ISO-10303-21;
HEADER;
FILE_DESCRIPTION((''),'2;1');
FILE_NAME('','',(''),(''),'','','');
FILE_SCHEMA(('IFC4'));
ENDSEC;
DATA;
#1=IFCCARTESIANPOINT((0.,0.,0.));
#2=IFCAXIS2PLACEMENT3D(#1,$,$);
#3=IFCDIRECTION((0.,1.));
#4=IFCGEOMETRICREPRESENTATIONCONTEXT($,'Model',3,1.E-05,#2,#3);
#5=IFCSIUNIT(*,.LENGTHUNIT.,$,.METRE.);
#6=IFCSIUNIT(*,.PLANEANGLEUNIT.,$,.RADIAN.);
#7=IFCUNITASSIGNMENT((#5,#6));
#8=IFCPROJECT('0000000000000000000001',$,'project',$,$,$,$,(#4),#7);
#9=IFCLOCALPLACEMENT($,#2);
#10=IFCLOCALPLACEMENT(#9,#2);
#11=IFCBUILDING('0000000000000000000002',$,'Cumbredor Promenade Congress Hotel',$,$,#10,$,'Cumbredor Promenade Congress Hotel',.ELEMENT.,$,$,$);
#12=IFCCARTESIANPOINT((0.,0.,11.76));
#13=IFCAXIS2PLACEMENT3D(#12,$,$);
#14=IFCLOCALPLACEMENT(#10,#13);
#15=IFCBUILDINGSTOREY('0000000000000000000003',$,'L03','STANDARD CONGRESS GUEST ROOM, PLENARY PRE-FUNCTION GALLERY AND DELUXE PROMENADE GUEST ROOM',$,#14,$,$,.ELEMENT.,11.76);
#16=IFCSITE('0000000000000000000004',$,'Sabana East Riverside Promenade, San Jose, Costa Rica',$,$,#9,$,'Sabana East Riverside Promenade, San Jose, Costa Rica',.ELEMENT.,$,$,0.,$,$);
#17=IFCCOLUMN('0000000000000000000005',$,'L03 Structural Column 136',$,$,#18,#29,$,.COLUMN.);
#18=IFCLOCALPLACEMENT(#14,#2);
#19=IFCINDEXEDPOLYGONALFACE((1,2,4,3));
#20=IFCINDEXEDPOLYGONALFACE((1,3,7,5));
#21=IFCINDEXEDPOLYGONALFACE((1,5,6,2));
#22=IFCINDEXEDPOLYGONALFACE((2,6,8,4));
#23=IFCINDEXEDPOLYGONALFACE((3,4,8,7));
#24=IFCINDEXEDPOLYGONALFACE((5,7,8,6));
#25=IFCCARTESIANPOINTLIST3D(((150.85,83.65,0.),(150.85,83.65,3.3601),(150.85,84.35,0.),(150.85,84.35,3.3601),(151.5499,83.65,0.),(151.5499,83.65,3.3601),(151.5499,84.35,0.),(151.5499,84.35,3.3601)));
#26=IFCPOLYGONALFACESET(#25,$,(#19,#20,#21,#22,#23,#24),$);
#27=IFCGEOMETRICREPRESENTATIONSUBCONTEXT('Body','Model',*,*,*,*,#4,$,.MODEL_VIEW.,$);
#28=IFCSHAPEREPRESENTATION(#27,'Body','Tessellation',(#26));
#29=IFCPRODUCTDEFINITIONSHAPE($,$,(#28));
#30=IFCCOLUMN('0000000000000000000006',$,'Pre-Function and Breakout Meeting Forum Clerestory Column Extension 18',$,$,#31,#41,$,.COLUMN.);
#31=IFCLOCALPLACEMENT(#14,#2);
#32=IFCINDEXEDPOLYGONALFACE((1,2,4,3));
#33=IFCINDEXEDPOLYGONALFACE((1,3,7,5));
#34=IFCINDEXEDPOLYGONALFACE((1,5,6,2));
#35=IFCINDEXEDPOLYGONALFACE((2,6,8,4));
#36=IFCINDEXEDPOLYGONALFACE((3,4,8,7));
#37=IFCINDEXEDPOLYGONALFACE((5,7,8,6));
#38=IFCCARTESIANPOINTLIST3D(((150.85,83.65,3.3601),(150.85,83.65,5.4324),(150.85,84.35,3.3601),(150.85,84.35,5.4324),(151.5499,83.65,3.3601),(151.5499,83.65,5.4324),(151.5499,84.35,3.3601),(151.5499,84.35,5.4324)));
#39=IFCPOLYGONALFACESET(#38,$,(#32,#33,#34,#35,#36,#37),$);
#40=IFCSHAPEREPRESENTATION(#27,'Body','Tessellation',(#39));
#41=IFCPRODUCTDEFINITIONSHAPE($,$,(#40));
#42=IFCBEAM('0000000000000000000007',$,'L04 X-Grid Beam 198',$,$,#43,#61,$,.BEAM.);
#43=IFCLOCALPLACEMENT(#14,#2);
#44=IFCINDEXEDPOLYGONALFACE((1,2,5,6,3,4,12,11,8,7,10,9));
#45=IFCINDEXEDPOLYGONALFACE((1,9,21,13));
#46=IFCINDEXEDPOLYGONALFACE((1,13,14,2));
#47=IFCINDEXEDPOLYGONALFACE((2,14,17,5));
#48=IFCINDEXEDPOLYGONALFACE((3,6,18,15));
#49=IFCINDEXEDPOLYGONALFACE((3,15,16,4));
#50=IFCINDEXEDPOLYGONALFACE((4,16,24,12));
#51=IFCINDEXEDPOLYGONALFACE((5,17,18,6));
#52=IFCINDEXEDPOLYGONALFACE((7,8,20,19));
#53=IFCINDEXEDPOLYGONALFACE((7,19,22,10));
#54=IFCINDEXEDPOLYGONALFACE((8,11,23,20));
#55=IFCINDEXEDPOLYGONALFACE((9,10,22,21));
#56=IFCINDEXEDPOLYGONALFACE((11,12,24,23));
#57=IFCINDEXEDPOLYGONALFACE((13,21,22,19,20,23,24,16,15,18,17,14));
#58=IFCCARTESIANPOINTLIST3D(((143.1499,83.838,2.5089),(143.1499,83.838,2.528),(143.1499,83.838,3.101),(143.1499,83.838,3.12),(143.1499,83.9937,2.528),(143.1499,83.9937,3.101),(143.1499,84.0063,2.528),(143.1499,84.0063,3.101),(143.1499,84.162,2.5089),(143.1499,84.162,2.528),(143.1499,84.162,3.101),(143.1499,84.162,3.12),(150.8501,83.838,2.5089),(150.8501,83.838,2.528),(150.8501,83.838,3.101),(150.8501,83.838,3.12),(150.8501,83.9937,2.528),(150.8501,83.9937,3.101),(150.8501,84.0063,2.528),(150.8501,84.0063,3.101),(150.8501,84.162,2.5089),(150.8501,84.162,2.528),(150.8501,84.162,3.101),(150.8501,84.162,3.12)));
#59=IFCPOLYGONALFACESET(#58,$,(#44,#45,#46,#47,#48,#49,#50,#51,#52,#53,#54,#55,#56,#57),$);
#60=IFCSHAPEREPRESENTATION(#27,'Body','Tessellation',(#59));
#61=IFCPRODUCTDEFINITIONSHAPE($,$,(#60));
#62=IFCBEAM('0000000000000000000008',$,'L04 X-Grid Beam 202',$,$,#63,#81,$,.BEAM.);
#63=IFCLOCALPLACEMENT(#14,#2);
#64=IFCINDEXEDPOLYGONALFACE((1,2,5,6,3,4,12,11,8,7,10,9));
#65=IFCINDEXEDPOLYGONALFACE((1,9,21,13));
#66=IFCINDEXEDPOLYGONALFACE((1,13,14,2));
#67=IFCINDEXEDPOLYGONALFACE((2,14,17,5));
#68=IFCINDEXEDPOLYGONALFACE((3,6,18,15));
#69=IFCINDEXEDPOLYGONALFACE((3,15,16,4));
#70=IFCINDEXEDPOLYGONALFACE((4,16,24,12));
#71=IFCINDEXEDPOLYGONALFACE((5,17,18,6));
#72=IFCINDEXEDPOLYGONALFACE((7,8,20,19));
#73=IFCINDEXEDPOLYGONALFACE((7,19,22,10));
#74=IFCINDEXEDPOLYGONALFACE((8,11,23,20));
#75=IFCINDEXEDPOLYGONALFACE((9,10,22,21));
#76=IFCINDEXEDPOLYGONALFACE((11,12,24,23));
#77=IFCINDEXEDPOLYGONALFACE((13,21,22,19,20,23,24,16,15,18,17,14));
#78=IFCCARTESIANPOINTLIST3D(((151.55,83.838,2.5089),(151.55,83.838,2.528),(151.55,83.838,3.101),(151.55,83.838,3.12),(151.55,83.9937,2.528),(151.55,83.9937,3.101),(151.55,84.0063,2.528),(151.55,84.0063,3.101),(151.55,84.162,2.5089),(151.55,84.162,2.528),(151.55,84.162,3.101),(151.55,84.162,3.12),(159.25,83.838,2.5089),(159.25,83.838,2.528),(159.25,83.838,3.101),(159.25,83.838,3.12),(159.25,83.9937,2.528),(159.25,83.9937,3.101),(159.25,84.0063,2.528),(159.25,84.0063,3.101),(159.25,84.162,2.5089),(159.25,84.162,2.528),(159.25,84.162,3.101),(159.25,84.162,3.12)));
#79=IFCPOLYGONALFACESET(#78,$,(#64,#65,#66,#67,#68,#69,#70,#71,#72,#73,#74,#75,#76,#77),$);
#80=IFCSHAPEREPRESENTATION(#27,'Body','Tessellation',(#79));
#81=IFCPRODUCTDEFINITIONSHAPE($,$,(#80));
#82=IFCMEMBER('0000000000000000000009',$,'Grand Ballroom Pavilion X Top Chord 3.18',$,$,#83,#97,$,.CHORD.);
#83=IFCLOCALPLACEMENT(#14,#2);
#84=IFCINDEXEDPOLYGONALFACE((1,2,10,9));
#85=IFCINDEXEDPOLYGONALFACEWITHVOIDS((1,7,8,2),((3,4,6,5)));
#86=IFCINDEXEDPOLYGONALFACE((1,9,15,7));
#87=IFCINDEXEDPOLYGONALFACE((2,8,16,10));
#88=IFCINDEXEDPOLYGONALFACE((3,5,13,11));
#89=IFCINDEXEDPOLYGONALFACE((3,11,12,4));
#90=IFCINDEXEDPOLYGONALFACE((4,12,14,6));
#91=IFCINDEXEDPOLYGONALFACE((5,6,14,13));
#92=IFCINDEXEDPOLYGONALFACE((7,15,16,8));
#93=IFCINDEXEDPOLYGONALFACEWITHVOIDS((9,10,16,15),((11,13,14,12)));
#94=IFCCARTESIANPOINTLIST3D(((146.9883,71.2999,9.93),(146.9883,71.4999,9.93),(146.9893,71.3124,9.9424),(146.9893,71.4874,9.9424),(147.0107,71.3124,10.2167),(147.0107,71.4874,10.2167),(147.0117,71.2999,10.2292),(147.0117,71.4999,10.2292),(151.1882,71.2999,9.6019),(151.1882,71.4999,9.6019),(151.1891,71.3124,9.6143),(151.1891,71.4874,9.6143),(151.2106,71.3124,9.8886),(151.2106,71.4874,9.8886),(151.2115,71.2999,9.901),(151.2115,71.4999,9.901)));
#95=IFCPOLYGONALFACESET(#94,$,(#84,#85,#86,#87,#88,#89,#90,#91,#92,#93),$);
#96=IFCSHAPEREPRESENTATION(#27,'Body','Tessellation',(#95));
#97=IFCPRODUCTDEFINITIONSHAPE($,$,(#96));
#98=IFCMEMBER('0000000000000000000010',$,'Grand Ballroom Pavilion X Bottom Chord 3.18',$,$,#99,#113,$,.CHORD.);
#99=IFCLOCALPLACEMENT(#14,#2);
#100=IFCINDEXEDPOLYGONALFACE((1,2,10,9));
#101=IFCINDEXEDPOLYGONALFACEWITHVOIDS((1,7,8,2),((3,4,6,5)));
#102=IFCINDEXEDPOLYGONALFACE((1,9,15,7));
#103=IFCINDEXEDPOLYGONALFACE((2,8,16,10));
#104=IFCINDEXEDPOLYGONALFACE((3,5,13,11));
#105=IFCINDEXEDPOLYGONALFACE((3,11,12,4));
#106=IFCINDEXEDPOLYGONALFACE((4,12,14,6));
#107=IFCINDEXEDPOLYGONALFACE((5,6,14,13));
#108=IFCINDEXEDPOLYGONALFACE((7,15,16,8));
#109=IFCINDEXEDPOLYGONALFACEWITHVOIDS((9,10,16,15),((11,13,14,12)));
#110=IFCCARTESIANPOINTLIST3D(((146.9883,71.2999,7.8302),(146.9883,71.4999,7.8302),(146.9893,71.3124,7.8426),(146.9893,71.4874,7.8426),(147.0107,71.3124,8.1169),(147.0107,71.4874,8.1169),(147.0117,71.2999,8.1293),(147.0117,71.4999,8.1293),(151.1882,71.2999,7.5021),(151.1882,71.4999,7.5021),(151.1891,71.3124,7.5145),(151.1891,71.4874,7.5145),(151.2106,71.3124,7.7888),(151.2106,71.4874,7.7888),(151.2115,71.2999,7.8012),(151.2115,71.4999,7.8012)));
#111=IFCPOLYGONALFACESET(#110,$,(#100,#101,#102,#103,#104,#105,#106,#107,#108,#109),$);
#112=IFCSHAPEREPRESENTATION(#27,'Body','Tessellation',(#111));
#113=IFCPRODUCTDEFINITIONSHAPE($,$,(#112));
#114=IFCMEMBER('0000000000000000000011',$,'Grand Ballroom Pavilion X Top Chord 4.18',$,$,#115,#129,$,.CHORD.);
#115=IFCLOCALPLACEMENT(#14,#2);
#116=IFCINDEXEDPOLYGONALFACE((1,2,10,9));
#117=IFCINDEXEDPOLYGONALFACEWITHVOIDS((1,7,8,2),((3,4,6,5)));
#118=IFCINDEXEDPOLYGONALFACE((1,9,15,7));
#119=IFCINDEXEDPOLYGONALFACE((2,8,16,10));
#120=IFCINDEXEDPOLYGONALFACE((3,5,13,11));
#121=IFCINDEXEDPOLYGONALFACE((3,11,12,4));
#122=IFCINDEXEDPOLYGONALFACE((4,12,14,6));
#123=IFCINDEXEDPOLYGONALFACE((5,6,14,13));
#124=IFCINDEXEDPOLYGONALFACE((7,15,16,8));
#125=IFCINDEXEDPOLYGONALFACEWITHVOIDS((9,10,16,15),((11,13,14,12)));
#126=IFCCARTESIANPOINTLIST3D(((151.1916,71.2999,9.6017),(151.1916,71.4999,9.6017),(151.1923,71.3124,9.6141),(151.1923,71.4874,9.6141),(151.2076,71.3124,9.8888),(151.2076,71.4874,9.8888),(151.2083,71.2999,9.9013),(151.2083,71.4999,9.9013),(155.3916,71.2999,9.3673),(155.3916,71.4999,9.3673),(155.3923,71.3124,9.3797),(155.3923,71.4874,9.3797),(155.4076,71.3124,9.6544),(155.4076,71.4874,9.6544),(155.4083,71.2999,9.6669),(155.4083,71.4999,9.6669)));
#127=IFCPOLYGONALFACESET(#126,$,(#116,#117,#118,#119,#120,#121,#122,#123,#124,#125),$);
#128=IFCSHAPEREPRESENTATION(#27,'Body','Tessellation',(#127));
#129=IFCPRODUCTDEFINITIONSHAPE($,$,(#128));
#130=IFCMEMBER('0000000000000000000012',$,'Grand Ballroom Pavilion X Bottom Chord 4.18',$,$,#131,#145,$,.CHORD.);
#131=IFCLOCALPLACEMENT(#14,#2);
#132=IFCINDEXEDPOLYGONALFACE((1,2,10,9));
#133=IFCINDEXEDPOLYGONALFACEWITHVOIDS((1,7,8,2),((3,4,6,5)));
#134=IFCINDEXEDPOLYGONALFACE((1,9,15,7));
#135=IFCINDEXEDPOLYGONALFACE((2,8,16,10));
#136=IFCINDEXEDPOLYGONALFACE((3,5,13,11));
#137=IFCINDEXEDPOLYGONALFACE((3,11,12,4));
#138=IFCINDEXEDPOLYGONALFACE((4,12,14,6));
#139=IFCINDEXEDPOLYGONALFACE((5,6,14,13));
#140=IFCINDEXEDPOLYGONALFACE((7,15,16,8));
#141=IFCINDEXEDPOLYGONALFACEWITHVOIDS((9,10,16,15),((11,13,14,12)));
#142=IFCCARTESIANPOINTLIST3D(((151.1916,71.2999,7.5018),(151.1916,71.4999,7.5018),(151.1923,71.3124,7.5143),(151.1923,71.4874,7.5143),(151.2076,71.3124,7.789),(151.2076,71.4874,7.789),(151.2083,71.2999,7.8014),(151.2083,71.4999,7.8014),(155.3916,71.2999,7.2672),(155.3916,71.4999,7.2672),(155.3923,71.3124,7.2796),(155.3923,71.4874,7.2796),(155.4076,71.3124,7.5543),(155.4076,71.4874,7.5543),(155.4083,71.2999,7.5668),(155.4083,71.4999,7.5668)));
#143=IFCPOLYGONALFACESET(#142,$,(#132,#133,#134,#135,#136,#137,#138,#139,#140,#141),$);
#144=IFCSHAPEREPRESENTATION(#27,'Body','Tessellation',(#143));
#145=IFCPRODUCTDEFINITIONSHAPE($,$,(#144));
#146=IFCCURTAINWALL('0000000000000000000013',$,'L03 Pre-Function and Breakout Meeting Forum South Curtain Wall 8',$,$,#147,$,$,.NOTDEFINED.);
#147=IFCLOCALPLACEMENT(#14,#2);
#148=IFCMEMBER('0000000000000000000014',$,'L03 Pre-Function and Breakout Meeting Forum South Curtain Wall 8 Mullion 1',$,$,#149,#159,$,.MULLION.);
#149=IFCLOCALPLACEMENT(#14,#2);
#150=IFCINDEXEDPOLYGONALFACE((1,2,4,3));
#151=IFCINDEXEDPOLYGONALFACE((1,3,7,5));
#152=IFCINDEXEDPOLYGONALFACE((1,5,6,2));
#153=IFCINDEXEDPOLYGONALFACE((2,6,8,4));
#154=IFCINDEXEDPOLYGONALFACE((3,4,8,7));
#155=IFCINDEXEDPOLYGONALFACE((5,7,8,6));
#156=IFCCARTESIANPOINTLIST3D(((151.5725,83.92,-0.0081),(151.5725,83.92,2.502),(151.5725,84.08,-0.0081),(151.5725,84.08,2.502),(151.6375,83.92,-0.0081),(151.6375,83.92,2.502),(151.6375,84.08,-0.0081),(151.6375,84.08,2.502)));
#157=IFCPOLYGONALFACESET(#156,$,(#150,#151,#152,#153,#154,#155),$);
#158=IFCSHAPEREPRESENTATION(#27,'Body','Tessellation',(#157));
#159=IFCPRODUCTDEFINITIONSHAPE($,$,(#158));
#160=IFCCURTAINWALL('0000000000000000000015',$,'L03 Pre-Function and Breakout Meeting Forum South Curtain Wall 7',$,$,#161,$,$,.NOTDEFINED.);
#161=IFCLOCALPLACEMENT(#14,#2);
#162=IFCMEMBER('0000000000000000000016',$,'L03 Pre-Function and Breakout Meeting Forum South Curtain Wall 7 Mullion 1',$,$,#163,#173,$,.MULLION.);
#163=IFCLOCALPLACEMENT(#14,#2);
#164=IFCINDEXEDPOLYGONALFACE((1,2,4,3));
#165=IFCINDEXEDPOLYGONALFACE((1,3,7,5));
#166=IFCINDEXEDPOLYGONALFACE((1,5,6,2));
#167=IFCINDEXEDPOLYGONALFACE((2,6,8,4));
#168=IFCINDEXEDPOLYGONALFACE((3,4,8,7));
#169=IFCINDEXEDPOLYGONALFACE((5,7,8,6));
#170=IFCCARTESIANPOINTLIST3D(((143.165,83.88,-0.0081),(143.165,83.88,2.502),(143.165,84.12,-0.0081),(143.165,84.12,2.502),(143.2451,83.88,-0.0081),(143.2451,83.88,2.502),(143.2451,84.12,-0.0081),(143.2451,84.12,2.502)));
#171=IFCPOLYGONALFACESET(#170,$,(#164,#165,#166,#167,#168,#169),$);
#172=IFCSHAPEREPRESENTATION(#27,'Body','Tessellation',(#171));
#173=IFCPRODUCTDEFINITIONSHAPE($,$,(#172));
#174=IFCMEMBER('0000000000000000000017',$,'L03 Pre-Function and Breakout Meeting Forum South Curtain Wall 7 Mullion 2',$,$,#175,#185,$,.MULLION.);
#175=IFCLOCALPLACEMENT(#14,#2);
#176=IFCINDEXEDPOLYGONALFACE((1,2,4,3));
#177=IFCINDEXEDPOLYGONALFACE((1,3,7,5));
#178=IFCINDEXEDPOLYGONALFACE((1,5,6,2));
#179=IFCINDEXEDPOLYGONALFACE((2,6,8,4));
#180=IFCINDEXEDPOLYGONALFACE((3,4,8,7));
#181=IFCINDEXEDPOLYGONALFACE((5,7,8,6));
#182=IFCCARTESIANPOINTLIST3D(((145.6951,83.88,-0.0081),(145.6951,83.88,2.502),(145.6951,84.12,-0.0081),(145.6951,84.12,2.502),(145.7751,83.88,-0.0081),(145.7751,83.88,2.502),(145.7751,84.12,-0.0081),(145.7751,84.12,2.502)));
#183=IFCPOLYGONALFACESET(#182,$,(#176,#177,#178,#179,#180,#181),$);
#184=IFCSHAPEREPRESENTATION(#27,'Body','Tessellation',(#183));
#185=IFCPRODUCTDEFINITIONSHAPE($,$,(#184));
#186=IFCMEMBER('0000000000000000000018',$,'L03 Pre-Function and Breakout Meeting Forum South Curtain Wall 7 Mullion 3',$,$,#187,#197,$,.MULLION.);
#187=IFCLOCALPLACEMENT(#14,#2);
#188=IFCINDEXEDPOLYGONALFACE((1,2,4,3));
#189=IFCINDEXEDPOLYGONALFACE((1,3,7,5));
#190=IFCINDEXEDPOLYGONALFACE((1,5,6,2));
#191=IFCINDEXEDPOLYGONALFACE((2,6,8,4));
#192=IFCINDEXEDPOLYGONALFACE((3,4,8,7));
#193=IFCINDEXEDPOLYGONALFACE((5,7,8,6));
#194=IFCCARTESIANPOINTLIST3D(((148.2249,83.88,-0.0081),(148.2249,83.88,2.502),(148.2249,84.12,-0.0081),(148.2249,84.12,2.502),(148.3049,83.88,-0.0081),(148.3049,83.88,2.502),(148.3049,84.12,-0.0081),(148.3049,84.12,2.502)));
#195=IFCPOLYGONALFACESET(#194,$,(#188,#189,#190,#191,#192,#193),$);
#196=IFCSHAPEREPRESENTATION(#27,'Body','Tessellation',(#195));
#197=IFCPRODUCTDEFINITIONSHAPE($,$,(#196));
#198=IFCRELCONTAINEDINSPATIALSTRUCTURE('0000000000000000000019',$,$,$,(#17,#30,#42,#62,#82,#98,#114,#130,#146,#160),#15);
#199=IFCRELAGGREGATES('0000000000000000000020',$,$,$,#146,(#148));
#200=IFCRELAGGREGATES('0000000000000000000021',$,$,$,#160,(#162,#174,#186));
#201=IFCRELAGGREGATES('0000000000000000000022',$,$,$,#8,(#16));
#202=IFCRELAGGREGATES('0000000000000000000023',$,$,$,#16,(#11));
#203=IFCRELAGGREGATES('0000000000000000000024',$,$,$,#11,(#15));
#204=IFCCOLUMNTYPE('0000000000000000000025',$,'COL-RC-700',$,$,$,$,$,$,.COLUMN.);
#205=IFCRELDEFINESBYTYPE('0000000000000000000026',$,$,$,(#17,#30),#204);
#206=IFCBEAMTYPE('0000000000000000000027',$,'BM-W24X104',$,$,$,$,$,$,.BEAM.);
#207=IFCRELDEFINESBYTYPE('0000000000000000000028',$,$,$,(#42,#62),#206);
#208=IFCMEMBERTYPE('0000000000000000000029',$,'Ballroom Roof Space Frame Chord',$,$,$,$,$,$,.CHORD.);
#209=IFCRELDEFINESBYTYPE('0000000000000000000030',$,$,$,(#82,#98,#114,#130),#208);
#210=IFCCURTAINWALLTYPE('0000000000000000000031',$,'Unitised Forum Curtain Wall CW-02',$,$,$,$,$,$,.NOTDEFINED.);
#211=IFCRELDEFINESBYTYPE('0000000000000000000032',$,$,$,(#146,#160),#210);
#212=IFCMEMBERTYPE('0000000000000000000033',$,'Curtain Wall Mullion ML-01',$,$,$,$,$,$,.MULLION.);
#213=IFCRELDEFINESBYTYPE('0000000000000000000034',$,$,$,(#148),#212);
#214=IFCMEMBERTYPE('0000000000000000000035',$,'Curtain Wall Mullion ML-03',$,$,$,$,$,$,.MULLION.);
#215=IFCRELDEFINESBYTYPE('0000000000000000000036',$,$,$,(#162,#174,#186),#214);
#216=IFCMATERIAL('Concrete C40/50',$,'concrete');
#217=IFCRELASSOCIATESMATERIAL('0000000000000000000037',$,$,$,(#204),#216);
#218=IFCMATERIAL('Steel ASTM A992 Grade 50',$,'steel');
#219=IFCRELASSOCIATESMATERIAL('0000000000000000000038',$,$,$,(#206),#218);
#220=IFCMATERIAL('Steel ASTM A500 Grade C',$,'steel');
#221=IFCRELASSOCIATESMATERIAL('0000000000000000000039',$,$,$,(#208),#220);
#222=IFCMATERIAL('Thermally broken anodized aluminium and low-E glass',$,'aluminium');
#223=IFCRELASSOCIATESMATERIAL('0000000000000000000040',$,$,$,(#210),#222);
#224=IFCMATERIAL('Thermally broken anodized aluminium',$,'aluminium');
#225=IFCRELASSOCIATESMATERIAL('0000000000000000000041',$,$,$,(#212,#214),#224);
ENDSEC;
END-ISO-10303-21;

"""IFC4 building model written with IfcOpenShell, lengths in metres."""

from ifc_helpers import new_model, si_unit, direction, frame, origin, origin_2d, place, context, subcontext, project, spatial, rectangle, hollow_rectangle, i_section, extrude, material, material_profile, profile_set, type_object, element, aggregate, save


model = new_model("IFC4")

# Units and contexts
model_context = context("Model", 3, precision=1e-05, world=origin(), true_north=direction((0.0, 1.0)))
body_context = subcontext(model_context, "Body", "Model", "MODEL_VIEW")
ifc_project = project(units=[si_unit("LENGTHUNIT", "METRE"), si_unit("PLANEANGLEUNIT", "RADIAN")], contexts=[model_context])

# Site, building, storey
site_placement = place(None, origin())
site = spatial("IfcSite", under=ifc_project, at=site_placement, Name="Sabana East Riverside Promenade, San Jose, Costa Rica", LongName="Sabana East Riverside Promenade, San Jose, Costa Rica", CompositionType="ELEMENT", RefElevation=0.0)
building_placement = place(site_placement, origin())
building = spatial("IfcBuilding", under=site, at=building_placement, Name="Cumbredor Promenade Congress Hotel", LongName="Cumbredor Promenade Congress Hotel", CompositionType="ELEMENT")
storey_placement = place(building_placement, frame((0.0, 0.0, 11.76)))
storey = spatial("IfcBuildingStorey", under=building, at=storey_placement, Name="L03", Description="STANDARD CONGRESS GUEST ROOM, PLENARY PRE-FUNCTION GALLERY AND DELUXE PROMENADE GUEST ROOM", CompositionType="ELEMENT", Elevation=11.76)

# Columns
ifc_material_1 = material(Name="Concrete C40/50", Category="concrete")
ifc_material_profile_1 = material_profile(ifc_material_1, rectangle(XDim=0.7, YDim=0.7, at=origin_2d()), Name="RC 700x700")
ifc_profile_set_1 = profile_set([ifc_material_profile_1], Name="Concrete C40/50")
column_type = type_object("IfcColumnType", Name="COL-RC-700", PredefinedType="COLUMN", material=ifc_profile_set_1)
column_1_placement = place(storey_placement, frame((151.2, 84.0, 0.0), z_axis=(0.0, 0.0, 1.0), x_axis=(1.0, 0.0, 0.0)))
element("IfcColumn", 1, at=column_1_placement, inside=storey, type_object=column_type, Name="L03 Structural Column 136", PredefinedType="COLUMN", context=body_context, shape_type="SweptSolid", body=[
    extrude(rectangle(XDim=0.7, YDim=0.7, at=origin_2d()), origin(), (0.0, 0.0, 1.0), 3.3601),
])
column_2_placement = place(storey_placement, frame((151.2, 84.0, 3.3601), z_axis=(0.0, 0.0, 1.0), x_axis=(1.0, 0.0, 0.0)))
element("IfcColumn", 2, at=column_2_placement, inside=storey, type_object=column_type, Name="Pre-Function and Breakout Meeting Forum Clerestory Column Extension 18", PredefinedType="COLUMN", context=body_context, shape_type="SweptSolid", body=[
    extrude(rectangle(XDim=0.7, YDim=0.7, at=origin_2d()), origin(), (0.0, 0.0, 1.0), 2.0723),
])

# Beams
ifc_material_2 = material(Name="Steel ASTM A992 Grade 50", Category="steel")
ifc_material_profile_2 = material_profile(ifc_material_2, i_section(OverallWidth=0.324, OverallDepth=0.6111, WebThickness=0.0127, FlangeThickness=0.019, at=origin_2d()), Name="W24X104")
ifc_profile_set_2 = profile_set([ifc_material_profile_2], Name="Steel ASTM A992 Grade 50")
beam_type = type_object("IfcBeamType", Name="BM-W24X104", PredefinedType="BEAM", material=ifc_profile_set_2)
beam_1_placement = place(storey_placement, frame((143.1499, 84.0, 2.8145), z_axis=(1.0, 0.0, 0.0), x_axis=(0.0, 1.0, 0.0)))
element("IfcBeam", 3, at=beam_1_placement, inside=storey, type_object=beam_type, Name="L04 X-Grid Beam 198", PredefinedType="BEAM", context=body_context, shape_type="SweptSolid", body=[
    extrude(i_section(OverallWidth=0.324, OverallDepth=0.6111, WebThickness=0.0127, FlangeThickness=0.019, at=origin_2d()), origin(), (0.0, 0.0, 1.0), 7.7002),
])
beam_2_placement = place(storey_placement, frame((151.55, 84.0, 2.8145), z_axis=(1.0, 0.0, 0.0), x_axis=(0.0, 1.0, 0.0)))
element("IfcBeam", 4, at=beam_2_placement, inside=storey, type_object=beam_type, Name="L04 X-Grid Beam 202", PredefinedType="BEAM", context=body_context, shape_type="SweptSolid", body=[
    extrude(i_section(OverallWidth=0.324, OverallDepth=0.6111, WebThickness=0.0127, FlangeThickness=0.019, at=origin_2d()), origin(), (0.0, 0.0, 1.0), 7.7),
])

# Members
ifc_material_3 = material(Name="Steel ASTM A500 Grade C", Category="steel")
ifc_material_profile_3 = material_profile(ifc_material_3, hollow_rectangle(XDim=0.2, YDim=0.3, WallThickness=0.0125, at=origin_2d()), Name="HSS 300x200x12.5")
ifc_profile_set_3 = profile_set([ifc_material_profile_3], Name="Steel ASTM A500 Grade C")
member_type_1 = type_object("IfcMemberType", Name="Ballroom Roof Space Frame Chord", PredefinedType="CHORD", material=ifc_profile_set_3)
for number, where, z_axis, x_axis, name in (
    (5, (147.0, 71.3999, 10.0796), (0.996962, 0.0, -0.077889), (0.0, 1.0, 0.0), "Grand Ballroom Pavilion X Top Chord 3.18"),
    (6, (147.0, 71.3999, 7.9797), (0.996962, 0.0, -0.077889), (0.0, 1.0, 0.0), "Grand Ballroom Pavilion X Bottom Chord 3.18"),
):
    element("IfcMember", number, at=place(storey_placement, frame(where, z_axis=z_axis, x_axis=x_axis)), inside=storey, type_object=member_type_1, Name=name, PredefinedType="CHORD", context=body_context, shape_type="SweptSolid", body=[
        extrude(hollow_rectangle(XDim=0.2, YDim=0.3, WallThickness=0.0125, at=origin_2d()), origin(), (0.0, 0.0, 1.0), 4.2126),
    ])
for number, where, z_axis, x_axis, name in (
    (7, (151.2, 71.3999, 9.7515), (0.998447, 0.0, -0.055718), (0.0, 1.0, 0.0), "Grand Ballroom Pavilion X Top Chord 4.18"),
    (8, (151.2, 71.3999, 7.6516), (0.998443, 0.0, -0.055775), (0.0, 1.0, 0.0), "Grand Ballroom Pavilion X Bottom Chord 4.18"),
):
    element("IfcMember", number, at=place(storey_placement, frame(where, z_axis=z_axis, x_axis=x_axis)), inside=storey, type_object=member_type_1, Name=name, PredefinedType="CHORD", context=body_context, shape_type="SweptSolid", body=[
        extrude(hollow_rectangle(XDim=0.2, YDim=0.3, WallThickness=0.0125, at=origin_2d()), origin(), (0.0, 0.0, 1.0), 4.2065),
    ])

# Curtain wall, member
ifc_material_4 = material(Name="Thermally broken anodized aluminium and low-E glass", Category="aluminium")
curtain_wall_type = type_object("IfcCurtainWallType", Name="Unitised Forum Curtain Wall CW-02", PredefinedType="NOTDEFINED", material=ifc_material_4)
curtain_wall_1_placement = place(storey_placement, origin())
curtain_wall_1 = element("IfcCurtainWall", 9, at=curtain_wall_1_placement, inside=storey, type_object=curtain_wall_type, Name="L03 Pre-Function and Breakout Meeting Forum South Curtain Wall 8", PredefinedType="NOTDEFINED")
ifc_material_5 = material(Name="Thermally broken anodized aluminium", Category="aluminium")
ifc_material_profile_4 = material_profile(ifc_material_5, rectangle(XDim=0.0649, YDim=0.1599, at=origin_2d()), Name="ALU MULLION 65x160")
ifc_profile_set_4 = profile_set([ifc_material_profile_4], Name="Thermally broken anodized aluminium")
member_type_2 = type_object("IfcMemberType", Name="Curtain Wall Mullion ML-01", PredefinedType="MULLION", material=ifc_profile_set_4)
member_1_placement = place(storey_placement, frame((151.605, 84.0, -0.0081), z_axis=(0.0, 0.0, 1.0), x_axis=(1.0, 0.0, 0.0)))
member_1 = element("IfcMember", 10, at=member_1_placement, type_object=member_type_2, Name="L03 Pre-Function and Breakout Meeting Forum South Curtain Wall 8 Mullion 1", PredefinedType="MULLION", context=body_context, shape_type="SweptSolid", body=[
    extrude(rectangle(XDim=0.0649, YDim=0.1599, at=origin_2d()), origin(), (0.0, 0.0, 1.0), 2.51),
])

# Curtain wall, members
curtain_wall_2_placement = place(storey_placement, origin())
curtain_wall_2 = element("IfcCurtainWall", 11, at=curtain_wall_2_placement, inside=storey, type_object=curtain_wall_type, Name="L03 Pre-Function and Breakout Meeting Forum South Curtain Wall 7", PredefinedType="NOTDEFINED")
ifc_material_profile_5 = material_profile(ifc_material_5, rectangle(XDim=0.0801, YDim=0.24, at=origin_2d()), Name="ALU MULLION 80x240")
ifc_profile_set_5 = profile_set([ifc_material_profile_5], Name="Thermally broken anodized aluminium")
member_type_3 = type_object("IfcMemberType", Name="Curtain Wall Mullion ML-03", PredefinedType="MULLION", material=ifc_profile_set_5)
member_2_placement = place(storey_placement, frame((143.2051, 84.0, -0.0081), z_axis=(0.0, 0.0, 1.0), x_axis=(1.0, 0.0, 0.0)))
member_2 = element("IfcMember", 12, at=member_2_placement, type_object=member_type_3, Name="L03 Pre-Function and Breakout Meeting Forum South Curtain Wall 7 Mullion 1", PredefinedType="MULLION", context=body_context, shape_type="SweptSolid", body=[
    extrude(rectangle(XDim=0.0801, YDim=0.24, at=origin_2d()), origin(), (0.0, 0.0, 1.0), 2.51),
])
member_3_placement = place(storey_placement, frame((145.7351, 84.0, -0.0081), z_axis=(0.0, 0.0, 1.0), x_axis=(1.0, 0.0, 0.0)))
member_3 = element("IfcMember", 13, at=member_3_placement, type_object=member_type_3, Name="L03 Pre-Function and Breakout Meeting Forum South Curtain Wall 7 Mullion 2", PredefinedType="MULLION", context=body_context, shape_type="SweptSolid", body=[
    extrude(rectangle(XDim=0.0801, YDim=0.24, at=origin_2d()), origin(), (0.0, 0.0, 1.0), 2.51),
])
member_4_placement = place(storey_placement, frame((148.2649, 84.0, -0.0081), z_axis=(0.0, 0.0, 1.0), x_axis=(1.0, 0.0, 0.0)))
member_4 = element("IfcMember", 14, at=member_4_placement, type_object=member_type_3, Name="L03 Pre-Function and Breakout Meeting Forum South Curtain Wall 7 Mullion 3", PredefinedType="MULLION", context=body_context, shape_type="SweptSolid", body=[
    extrude(rectangle(XDim=0.0801, YDim=0.24, at=origin_2d()), origin(), (0.0, 0.0, 1.0), 2.51),
])

aggregate(curtain_wall_1, [member_1])

aggregate(curtain_wall_2, [member_2, member_3, member_4])

save(model, "model.ifc")
